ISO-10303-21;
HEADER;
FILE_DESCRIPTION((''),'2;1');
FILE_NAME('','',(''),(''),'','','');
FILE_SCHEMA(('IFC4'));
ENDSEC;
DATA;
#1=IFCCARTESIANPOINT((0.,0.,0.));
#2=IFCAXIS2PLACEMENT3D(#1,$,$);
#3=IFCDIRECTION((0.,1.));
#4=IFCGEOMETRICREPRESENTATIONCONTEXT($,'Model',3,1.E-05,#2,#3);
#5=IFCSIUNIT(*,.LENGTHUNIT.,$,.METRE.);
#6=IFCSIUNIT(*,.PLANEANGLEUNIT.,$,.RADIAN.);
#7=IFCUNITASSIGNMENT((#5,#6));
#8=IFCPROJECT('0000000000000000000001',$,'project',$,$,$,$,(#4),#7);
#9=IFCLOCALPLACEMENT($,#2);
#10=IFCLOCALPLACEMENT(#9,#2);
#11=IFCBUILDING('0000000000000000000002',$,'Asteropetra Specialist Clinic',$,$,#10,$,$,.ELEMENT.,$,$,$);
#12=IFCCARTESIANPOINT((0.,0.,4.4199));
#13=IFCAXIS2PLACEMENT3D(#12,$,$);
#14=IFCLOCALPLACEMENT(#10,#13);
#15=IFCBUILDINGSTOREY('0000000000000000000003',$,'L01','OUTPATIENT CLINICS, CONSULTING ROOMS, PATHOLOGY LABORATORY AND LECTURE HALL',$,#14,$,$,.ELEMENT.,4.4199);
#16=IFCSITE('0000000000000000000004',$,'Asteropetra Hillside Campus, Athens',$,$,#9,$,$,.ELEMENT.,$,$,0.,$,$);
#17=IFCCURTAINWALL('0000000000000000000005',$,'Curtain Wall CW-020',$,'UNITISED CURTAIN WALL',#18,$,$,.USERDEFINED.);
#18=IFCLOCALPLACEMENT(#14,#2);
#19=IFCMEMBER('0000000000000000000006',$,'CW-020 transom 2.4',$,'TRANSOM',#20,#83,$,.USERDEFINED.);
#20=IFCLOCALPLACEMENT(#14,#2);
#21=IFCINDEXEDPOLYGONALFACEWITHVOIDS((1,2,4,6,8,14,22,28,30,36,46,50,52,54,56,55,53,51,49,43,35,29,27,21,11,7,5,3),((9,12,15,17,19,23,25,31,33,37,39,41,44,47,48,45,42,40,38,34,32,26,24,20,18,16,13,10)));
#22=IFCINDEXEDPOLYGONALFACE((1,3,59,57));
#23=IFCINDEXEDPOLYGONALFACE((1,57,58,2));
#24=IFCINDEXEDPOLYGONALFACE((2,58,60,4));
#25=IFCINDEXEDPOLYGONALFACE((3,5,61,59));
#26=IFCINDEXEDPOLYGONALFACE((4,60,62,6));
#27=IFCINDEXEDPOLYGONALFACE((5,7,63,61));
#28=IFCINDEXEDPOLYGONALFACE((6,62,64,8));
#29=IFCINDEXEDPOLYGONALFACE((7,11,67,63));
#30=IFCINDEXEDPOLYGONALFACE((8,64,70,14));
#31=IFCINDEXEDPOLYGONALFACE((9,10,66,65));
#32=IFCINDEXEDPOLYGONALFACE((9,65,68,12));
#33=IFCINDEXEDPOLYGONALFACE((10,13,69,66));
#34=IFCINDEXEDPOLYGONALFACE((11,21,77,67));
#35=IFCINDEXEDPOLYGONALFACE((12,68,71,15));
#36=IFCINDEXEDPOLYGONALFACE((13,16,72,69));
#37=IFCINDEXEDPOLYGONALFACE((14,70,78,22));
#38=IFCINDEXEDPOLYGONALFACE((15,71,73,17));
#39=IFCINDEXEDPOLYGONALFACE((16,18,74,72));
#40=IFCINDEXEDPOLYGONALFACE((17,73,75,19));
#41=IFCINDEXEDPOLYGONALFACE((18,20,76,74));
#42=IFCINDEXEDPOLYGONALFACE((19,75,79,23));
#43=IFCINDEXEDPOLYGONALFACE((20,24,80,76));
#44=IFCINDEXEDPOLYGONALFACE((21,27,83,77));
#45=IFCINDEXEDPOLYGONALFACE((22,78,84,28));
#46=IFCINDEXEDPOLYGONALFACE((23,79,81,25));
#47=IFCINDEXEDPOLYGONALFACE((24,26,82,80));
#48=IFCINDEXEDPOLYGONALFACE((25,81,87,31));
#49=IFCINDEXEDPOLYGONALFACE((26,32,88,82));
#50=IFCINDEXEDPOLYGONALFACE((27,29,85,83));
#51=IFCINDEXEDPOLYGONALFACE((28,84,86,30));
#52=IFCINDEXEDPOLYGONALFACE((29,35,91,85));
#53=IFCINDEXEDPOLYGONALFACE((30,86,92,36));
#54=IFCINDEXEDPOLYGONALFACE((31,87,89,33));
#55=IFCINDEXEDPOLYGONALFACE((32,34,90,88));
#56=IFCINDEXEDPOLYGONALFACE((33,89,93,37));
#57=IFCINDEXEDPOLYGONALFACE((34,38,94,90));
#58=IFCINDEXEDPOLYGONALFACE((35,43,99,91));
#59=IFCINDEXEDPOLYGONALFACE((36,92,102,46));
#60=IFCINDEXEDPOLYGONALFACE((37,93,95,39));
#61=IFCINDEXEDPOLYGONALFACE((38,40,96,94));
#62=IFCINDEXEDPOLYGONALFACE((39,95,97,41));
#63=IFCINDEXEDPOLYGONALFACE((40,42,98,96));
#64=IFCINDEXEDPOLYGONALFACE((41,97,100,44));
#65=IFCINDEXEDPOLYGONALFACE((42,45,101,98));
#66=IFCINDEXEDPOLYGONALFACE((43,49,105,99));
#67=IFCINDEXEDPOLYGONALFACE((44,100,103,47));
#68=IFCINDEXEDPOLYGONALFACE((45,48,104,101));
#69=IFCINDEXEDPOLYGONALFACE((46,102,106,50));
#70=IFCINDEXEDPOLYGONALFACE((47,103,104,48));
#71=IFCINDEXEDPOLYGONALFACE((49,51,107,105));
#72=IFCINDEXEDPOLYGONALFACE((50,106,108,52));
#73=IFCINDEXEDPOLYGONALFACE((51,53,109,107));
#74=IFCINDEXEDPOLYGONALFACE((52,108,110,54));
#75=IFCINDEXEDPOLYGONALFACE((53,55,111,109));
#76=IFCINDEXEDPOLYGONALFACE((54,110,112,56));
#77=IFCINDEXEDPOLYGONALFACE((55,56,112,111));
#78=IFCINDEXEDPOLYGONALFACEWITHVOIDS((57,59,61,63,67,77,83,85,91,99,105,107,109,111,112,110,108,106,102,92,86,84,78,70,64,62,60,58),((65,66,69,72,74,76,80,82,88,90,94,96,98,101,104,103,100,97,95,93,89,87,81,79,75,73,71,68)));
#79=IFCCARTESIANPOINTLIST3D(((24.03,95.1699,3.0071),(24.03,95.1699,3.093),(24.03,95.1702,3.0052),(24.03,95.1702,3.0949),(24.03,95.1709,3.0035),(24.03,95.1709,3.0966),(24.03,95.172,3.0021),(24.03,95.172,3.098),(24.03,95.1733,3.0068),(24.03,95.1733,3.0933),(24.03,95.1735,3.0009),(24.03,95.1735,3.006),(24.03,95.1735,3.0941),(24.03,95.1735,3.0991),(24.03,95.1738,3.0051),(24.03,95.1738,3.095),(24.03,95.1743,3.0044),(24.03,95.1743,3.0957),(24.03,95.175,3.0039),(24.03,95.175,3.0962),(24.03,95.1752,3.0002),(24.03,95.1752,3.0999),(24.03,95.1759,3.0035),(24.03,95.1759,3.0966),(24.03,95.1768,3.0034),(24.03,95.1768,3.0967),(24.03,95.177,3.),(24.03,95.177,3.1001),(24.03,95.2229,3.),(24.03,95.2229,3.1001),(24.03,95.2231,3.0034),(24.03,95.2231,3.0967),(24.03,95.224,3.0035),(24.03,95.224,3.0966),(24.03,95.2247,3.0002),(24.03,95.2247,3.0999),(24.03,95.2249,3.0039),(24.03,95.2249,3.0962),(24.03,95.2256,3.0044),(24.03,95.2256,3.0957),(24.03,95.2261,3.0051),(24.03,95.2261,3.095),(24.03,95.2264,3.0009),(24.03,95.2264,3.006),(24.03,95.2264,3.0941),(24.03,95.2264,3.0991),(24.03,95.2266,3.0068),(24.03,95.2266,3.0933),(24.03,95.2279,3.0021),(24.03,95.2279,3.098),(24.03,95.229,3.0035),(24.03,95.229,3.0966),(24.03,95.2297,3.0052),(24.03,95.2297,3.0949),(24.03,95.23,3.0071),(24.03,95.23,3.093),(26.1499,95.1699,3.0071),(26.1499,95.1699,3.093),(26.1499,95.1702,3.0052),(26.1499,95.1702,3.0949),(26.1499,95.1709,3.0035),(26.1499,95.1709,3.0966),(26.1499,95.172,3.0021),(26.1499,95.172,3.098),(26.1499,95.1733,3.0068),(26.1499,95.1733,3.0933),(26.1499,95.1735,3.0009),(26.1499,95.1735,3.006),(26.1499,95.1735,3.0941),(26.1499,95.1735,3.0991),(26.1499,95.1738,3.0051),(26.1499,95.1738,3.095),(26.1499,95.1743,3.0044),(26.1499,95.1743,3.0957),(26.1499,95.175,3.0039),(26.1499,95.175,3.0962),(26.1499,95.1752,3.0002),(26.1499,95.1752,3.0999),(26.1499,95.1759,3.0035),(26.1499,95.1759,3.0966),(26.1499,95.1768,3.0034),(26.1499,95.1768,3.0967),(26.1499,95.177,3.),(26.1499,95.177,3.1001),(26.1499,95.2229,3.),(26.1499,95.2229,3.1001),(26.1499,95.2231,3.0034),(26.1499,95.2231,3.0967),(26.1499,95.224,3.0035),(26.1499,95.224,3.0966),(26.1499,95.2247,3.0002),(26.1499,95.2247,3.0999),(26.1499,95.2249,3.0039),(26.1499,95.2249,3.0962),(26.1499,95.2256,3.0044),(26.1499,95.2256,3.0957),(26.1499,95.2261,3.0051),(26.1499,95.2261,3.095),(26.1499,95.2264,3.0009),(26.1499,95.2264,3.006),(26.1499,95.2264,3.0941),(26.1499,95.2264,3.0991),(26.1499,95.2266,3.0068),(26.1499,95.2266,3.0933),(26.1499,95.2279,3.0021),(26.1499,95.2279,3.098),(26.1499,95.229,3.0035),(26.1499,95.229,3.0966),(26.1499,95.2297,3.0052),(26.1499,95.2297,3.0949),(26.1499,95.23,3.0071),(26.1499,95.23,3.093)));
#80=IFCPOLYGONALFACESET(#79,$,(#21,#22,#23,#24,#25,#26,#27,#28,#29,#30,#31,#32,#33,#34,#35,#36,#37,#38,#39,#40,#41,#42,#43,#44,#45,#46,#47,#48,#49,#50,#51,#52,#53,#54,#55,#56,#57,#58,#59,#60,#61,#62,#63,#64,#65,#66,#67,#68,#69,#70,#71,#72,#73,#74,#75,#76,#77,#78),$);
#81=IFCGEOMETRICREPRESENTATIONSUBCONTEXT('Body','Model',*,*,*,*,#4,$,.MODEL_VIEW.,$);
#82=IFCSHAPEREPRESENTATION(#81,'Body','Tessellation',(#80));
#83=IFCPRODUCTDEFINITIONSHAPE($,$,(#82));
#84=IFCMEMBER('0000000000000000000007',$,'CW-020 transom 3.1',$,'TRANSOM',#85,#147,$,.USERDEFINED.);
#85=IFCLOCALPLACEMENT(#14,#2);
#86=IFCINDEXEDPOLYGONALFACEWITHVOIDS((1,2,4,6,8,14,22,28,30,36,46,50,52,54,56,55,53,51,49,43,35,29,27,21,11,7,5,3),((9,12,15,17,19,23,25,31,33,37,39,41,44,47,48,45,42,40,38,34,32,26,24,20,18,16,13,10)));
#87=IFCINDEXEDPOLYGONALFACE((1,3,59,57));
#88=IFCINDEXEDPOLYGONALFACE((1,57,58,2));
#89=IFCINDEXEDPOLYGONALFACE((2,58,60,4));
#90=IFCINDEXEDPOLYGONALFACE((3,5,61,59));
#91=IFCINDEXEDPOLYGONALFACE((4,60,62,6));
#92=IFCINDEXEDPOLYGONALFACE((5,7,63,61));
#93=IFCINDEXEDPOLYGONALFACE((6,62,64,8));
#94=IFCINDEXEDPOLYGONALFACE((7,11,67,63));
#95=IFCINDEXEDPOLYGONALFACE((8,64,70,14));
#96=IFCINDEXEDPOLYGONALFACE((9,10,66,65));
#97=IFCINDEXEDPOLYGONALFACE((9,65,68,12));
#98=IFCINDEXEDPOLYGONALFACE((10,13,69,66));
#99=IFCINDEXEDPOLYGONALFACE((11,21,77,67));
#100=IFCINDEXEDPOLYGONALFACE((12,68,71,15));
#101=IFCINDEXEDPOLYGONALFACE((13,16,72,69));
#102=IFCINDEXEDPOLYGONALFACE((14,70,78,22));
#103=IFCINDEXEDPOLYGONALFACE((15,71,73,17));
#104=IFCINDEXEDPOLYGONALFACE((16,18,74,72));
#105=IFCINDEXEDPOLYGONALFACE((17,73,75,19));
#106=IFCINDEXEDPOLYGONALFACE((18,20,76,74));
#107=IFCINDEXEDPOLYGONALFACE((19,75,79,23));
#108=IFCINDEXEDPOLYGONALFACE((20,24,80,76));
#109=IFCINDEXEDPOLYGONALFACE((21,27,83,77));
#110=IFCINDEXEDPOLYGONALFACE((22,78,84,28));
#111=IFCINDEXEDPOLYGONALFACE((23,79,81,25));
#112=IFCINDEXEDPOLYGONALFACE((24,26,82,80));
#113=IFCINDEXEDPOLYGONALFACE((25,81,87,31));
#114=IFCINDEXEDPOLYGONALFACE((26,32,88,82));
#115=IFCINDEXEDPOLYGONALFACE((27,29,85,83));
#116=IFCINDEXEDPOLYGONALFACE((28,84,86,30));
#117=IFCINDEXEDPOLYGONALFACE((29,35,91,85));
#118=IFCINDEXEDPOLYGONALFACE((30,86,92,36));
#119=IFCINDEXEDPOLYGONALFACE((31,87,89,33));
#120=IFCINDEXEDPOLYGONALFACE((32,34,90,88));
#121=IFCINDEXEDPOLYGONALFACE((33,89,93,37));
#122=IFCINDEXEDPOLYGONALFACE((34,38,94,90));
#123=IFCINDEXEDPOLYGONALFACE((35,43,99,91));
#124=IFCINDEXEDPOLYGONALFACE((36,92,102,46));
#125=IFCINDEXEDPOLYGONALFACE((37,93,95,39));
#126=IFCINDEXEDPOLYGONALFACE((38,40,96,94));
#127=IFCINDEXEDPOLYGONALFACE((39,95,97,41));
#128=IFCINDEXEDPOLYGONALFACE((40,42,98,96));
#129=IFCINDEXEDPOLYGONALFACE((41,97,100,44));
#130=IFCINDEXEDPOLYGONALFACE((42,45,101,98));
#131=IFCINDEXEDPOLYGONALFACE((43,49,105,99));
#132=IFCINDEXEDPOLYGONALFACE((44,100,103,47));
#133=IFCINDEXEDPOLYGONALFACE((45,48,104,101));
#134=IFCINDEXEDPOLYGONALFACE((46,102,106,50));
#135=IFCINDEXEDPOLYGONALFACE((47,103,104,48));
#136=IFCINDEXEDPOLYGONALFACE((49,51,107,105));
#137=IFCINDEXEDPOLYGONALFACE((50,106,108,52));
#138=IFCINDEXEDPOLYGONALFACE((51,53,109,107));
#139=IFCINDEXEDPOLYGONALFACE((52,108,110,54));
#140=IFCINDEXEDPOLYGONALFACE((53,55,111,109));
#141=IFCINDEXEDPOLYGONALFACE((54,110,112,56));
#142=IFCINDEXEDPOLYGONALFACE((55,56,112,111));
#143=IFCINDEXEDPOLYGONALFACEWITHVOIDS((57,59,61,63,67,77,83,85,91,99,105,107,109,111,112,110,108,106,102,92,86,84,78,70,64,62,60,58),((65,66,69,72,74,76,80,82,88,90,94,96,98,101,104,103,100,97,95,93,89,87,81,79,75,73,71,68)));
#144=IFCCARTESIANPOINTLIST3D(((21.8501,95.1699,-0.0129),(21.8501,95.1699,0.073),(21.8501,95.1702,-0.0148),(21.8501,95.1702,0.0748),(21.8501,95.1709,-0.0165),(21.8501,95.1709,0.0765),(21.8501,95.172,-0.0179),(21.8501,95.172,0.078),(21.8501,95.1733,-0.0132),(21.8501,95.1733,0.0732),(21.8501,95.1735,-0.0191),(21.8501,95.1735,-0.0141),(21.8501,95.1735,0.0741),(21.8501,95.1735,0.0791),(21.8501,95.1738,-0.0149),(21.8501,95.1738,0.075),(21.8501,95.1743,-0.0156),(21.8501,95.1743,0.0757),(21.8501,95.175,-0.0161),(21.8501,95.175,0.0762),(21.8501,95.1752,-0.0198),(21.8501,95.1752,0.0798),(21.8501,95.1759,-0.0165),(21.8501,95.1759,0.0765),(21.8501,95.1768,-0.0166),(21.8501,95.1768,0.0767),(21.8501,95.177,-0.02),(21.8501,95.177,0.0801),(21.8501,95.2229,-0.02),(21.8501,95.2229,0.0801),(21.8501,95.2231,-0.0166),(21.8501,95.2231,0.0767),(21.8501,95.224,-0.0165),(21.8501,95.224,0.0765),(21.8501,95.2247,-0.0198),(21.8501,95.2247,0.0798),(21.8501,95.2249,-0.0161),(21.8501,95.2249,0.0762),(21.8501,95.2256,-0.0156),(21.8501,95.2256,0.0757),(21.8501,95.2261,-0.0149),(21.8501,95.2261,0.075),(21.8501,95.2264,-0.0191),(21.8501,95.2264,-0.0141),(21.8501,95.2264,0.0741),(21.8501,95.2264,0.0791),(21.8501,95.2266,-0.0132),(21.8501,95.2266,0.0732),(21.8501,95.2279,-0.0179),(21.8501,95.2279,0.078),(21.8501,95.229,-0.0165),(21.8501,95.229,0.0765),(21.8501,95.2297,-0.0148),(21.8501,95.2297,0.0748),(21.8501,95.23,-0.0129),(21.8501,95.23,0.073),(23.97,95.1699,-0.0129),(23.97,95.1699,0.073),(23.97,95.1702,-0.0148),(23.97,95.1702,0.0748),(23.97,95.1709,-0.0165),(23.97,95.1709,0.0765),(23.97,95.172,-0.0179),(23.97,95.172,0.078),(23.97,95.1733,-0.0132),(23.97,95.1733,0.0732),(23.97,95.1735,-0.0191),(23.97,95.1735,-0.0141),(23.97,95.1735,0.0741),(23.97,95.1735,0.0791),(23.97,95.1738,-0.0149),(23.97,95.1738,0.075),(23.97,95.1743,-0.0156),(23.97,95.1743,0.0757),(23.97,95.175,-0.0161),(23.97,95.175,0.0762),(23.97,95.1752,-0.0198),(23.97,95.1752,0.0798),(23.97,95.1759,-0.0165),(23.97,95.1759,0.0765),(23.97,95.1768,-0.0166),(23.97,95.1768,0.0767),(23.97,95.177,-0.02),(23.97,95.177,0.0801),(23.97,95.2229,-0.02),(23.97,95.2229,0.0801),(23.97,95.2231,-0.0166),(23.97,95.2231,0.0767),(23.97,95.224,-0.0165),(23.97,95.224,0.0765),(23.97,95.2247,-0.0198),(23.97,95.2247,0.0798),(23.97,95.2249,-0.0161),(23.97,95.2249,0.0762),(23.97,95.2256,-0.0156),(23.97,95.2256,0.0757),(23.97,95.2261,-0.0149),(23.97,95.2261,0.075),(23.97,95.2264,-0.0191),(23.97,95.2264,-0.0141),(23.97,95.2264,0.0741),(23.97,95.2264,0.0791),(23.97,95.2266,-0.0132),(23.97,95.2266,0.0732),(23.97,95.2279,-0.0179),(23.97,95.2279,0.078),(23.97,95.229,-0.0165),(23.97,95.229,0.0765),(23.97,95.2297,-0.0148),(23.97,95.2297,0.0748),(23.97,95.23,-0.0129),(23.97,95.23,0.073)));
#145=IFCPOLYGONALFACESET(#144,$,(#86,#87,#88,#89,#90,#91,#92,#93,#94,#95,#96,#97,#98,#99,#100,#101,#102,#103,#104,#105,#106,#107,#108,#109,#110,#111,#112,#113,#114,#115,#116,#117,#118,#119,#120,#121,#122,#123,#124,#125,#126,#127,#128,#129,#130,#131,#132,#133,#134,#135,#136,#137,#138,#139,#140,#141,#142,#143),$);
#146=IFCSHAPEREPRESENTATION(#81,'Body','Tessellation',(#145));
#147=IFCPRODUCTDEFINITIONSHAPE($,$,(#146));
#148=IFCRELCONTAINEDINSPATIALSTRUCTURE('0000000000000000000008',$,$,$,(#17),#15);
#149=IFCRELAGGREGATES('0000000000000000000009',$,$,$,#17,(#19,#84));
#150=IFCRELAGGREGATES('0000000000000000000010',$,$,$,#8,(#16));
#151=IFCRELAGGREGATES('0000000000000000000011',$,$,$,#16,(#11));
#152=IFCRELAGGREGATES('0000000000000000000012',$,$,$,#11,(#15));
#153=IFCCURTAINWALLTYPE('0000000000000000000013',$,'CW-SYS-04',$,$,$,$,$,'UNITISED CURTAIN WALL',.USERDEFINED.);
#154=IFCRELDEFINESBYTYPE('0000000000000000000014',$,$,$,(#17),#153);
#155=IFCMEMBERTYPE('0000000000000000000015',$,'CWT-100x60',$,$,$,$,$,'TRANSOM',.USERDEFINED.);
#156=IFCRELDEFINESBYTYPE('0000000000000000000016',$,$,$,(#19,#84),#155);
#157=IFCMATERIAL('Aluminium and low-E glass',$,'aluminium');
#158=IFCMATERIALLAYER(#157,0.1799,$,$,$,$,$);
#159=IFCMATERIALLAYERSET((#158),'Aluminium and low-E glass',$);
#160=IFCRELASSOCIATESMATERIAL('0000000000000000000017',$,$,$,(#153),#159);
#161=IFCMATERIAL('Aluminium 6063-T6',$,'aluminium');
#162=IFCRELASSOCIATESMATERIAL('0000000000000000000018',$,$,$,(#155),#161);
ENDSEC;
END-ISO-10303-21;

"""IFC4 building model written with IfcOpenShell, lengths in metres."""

from ifc_helpers import new_model, si_unit, direction, frame, origin, origin_2d, place, context, subcontext, project, spatial, hollow_rectangle, extrude, material, layer, layer_set, material_profile, profile_set, type_object, element, aggregate, save


model = new_model("IFC4")

# Units and contexts
model_context = context("Model", 3, precision=1e-05, world=origin(), true_north=direction((0.0, 1.0)))
body_context = subcontext(model_context, "Body", "Model", "MODEL_VIEW")
ifc_project = project(units=[si_unit("LENGTHUNIT", "METRE"), si_unit("PLANEANGLEUNIT", "RADIAN")], contexts=[model_context])

# Site, building, storey
site_placement = place(None, origin())
site = spatial("IfcSite", under=ifc_project, at=site_placement, Name="Asteropetra Hillside Campus, Athens", CompositionType="ELEMENT", RefElevation=0.0)
building_placement = place(site_placement, origin())
building = spatial("IfcBuilding", under=site, at=building_placement, Name="Asteropetra Specialist Clinic", CompositionType="ELEMENT")
storey_placement = place(building_placement, frame((0.0, 0.0, 4.4199)))
storey = spatial("IfcBuildingStorey", under=building, at=storey_placement, Name="L01", Description="OUTPATIENT CLINICS, CONSULTING ROOMS, PATHOLOGY LABORATORY AND LECTURE HALL", CompositionType="ELEMENT", Elevation=4.4199)

# Curtain wall, members
ifc_material_1 = material(Name="Aluminium and low-E glass", Category="aluminium")
ifc_layer_1 = layer(ifc_material_1, 0.1799)
ifc_layer_set_1 = layer_set([ifc_layer_1], Name="Aluminium and low-E glass")
curtain_wall_type = type_object("IfcCurtainWallType", Name="CW-SYS-04", ElementType="UNITISED CURTAIN WALL", PredefinedType="USERDEFINED", material=ifc_layer_set_1)
curtain_wall_placement = place(storey_placement, origin())
curtain_wall = element("IfcCurtainWall", 1, at=curtain_wall_placement, inside=storey, type_object=curtain_wall_type, Name="Curtain Wall CW-020", ObjectType="UNITISED CURTAIN WALL", PredefinedType="USERDEFINED")
ifc_material_2 = material(Name="Aluminium 6063-T6", Category="aluminium")
ifc_material_profile_1 = material_profile(ifc_material_2, hollow_rectangle(XDim=0.0601, YDim=0.1001, WallThickness=0.0034, InnerFilletRadius=0.0034, OuterFilletRadius=0.0071, at=origin_2d()), Name="TRN 100x60x3.5")
ifc_profile_set_1 = profile_set([ifc_material_profile_1], Name="Aluminium 6063-T6")
member_type_1 = type_object("IfcMemberType", Name="CWT-100x60", ElementType="TRANSOM", PredefinedType="USERDEFINED", material=ifc_profile_set_1)
member_1_placement = place(storey_placement, frame((26.1499, 95.2, 3.05), z_axis=(-1.0, 0.0, 0.0), x_axis=(0.0, -1.0, 0.0)))
member_1 = element("IfcMember", 2, at=member_1_placement, type_object=member_type_1, Name="CW-020 transom 2.4", ObjectType="TRANSOM", PredefinedType="USERDEFINED", context=body_context, shape_type="SweptSolid", body=[
    extrude(hollow_rectangle(XDim=0.0601, YDim=0.1001, WallThickness=0.0034, InnerFilletRadius=0.0034, OuterFilletRadius=0.0071, at=origin_2d()), origin(), (0.0, 0.0, 1.0), 2.1199),
])
member_2_placement = place(storey_placement, frame((23.97, 95.2, 0.03), z_axis=(-1.0, 0.0, 0.0), x_axis=(0.0, -1.0, 0.0)))
member_2 = element("IfcMember", 3, at=member_2_placement, type_object=member_type_1, Name="CW-020 transom 3.1", ObjectType="TRANSOM", PredefinedType="USERDEFINED", context=body_context, shape_type="SweptSolid", body=[
    extrude(hollow_rectangle(XDim=0.0601, YDim=0.1001, WallThickness=0.0034, InnerFilletRadius=0.0034, OuterFilletRadius=0.0071, at=origin_2d()), origin(), (0.0, 0.0, 1.0), 2.1199),
])
aggregate(curtain_wall, [member_1, member_2])

save(model, "model.ifc")
